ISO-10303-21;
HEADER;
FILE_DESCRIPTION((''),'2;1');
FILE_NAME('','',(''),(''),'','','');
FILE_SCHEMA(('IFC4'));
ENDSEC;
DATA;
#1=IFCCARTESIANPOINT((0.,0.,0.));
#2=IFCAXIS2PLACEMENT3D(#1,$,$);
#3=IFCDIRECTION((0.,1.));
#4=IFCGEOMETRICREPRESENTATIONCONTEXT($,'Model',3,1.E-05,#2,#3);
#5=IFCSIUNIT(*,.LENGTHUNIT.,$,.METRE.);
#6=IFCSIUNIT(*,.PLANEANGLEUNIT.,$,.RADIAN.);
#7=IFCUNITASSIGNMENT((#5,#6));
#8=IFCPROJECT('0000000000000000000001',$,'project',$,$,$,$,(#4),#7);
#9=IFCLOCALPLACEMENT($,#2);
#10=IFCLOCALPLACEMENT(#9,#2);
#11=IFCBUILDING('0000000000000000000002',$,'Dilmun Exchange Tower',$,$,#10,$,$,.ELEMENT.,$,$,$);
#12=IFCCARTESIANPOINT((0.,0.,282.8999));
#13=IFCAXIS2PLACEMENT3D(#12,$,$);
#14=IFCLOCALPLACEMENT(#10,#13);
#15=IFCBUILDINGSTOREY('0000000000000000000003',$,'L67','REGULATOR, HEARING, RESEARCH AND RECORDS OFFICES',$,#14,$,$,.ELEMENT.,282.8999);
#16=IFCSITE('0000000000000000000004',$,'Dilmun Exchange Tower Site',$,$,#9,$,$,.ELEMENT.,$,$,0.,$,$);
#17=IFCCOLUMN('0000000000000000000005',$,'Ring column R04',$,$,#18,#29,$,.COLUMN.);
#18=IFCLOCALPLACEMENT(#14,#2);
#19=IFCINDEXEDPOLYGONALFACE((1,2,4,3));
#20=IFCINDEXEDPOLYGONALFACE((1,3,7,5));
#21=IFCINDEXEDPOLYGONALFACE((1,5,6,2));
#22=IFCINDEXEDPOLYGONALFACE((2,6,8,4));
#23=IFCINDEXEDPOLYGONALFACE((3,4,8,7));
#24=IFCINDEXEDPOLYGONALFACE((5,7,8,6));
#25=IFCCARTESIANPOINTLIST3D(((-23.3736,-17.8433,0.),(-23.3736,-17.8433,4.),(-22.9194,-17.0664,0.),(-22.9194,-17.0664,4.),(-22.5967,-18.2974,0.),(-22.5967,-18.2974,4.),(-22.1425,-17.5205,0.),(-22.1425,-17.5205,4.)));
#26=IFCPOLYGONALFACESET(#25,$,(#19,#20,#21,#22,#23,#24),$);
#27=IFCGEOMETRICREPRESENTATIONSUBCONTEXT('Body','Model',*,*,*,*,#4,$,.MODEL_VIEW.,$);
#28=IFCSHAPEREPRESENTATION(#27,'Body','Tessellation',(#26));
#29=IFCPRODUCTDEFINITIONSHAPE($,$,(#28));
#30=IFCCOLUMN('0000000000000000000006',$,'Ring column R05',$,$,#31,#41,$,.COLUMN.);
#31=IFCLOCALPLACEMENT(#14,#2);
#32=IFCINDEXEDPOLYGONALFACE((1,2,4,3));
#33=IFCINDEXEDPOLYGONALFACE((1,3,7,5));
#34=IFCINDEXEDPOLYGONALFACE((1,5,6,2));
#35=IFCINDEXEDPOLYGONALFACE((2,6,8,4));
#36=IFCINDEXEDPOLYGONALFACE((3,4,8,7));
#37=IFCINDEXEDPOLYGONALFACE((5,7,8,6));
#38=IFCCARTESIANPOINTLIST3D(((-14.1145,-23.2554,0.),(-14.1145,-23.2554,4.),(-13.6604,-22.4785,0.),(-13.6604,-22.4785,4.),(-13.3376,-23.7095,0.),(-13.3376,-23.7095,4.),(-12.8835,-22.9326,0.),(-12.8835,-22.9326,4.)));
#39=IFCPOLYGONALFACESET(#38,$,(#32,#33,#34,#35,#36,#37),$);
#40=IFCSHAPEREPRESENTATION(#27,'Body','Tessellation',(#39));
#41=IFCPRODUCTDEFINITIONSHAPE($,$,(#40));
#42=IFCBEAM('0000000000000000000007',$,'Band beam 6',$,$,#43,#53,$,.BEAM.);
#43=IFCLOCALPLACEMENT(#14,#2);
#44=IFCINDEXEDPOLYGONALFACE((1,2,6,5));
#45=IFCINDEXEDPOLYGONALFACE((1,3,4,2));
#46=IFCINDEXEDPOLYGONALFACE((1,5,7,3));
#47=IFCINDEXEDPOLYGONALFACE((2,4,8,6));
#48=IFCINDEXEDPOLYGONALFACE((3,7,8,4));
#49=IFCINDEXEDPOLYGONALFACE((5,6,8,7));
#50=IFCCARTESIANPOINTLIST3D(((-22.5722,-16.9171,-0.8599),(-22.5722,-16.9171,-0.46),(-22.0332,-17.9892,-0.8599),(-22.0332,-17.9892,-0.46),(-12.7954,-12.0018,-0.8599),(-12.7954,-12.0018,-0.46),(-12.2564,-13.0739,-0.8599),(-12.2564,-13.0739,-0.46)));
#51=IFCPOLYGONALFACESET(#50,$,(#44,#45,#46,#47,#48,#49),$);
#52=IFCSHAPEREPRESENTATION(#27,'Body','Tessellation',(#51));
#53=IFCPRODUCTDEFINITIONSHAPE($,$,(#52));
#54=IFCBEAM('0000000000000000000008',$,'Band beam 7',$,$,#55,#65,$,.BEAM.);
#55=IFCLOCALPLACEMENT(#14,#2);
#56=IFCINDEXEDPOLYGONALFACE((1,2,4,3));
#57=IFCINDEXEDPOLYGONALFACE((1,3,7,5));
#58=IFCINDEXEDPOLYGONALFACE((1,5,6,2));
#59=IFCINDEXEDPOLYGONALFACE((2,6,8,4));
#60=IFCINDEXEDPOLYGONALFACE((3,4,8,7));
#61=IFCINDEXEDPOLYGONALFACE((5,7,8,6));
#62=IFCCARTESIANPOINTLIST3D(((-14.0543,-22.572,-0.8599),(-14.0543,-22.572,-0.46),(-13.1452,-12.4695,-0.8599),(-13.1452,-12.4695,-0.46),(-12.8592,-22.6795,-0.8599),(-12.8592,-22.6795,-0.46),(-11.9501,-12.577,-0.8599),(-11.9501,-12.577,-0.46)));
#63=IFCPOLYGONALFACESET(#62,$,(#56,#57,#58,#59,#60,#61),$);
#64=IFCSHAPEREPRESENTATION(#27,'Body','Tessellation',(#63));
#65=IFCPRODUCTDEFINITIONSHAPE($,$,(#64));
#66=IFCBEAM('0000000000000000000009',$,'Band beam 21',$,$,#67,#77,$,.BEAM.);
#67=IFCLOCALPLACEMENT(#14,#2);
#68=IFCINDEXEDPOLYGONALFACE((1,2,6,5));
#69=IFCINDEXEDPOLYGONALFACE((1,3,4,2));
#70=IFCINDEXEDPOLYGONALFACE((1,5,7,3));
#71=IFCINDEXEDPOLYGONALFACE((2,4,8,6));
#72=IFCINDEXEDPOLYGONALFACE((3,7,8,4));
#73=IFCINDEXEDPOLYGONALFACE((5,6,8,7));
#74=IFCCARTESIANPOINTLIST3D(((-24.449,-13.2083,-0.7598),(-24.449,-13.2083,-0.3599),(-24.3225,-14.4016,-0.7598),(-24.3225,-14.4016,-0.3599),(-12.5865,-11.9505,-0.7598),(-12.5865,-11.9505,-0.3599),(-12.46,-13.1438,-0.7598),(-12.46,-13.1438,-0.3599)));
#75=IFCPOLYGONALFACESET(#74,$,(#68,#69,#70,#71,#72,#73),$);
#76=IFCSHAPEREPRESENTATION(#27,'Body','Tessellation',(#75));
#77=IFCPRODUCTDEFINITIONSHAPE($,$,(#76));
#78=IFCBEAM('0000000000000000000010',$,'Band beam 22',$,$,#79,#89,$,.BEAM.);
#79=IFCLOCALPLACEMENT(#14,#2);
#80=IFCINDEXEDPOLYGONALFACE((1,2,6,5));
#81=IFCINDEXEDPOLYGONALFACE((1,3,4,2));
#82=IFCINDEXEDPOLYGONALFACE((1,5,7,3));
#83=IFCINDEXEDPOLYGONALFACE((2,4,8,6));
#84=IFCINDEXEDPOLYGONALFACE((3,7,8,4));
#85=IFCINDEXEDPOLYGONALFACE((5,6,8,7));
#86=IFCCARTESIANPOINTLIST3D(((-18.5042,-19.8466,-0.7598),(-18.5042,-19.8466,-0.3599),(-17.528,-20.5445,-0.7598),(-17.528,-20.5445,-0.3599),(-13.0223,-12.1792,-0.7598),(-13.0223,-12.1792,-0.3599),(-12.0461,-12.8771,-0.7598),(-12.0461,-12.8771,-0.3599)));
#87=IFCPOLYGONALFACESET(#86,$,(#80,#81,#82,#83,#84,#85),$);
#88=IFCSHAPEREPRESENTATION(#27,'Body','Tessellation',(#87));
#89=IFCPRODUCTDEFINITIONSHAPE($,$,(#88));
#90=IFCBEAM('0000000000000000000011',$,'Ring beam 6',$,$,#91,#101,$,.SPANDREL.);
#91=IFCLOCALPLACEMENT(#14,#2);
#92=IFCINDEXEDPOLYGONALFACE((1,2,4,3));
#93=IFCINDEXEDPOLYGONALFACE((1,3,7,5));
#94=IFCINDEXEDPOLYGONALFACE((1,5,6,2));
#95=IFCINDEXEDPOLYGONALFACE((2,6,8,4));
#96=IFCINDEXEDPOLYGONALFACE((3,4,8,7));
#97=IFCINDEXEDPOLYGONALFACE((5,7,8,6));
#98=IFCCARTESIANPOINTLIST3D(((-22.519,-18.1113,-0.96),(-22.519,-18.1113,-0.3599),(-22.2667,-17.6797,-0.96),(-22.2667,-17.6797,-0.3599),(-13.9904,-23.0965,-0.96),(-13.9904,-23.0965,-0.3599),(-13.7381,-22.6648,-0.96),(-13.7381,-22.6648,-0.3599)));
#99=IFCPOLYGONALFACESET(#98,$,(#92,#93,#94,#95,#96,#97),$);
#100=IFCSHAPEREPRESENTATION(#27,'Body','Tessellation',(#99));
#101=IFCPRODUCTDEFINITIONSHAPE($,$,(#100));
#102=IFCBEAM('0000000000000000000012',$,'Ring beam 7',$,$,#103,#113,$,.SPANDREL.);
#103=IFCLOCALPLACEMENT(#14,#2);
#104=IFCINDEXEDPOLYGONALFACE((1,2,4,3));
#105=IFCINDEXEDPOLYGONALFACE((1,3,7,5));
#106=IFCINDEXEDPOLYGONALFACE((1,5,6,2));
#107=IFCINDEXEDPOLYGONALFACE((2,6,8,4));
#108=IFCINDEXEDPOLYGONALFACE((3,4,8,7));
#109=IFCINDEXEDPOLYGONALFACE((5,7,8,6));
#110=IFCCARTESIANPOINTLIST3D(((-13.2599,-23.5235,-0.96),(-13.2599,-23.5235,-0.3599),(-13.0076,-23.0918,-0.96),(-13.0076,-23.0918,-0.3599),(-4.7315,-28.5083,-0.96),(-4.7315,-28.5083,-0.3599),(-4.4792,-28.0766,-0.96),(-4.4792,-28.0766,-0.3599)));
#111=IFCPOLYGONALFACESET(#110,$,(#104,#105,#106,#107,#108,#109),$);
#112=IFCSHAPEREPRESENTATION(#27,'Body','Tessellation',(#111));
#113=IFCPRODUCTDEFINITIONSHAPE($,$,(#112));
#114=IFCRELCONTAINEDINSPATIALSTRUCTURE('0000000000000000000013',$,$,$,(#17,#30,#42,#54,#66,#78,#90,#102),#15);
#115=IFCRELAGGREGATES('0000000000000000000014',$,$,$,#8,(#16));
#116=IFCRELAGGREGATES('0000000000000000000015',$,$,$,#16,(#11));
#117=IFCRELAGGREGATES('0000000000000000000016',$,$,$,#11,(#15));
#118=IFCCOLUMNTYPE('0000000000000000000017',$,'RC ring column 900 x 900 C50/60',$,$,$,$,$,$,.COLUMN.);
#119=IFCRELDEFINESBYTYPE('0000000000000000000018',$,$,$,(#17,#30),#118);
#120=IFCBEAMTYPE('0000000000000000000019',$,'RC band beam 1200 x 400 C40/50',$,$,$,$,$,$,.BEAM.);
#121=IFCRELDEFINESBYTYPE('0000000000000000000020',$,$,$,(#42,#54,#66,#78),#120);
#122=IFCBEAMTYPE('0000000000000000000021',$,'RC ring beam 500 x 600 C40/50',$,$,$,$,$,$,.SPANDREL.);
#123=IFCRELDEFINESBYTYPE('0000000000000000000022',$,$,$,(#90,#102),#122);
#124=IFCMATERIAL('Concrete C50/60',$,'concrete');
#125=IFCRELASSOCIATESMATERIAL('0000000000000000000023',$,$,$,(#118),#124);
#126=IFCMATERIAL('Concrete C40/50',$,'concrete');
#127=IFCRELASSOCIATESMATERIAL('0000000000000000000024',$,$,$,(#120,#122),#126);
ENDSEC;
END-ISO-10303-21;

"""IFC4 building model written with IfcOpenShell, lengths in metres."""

from ifc_helpers import new_model, si_unit, direction, frame, origin, origin_2d, place, context, subcontext, project, spatial, rectangle, extrude, material, material_profile, profile_set, type_object, element, save


model = new_model("IFC4")

# Units and contexts
model_context = context("Model", 3, precision=1e-05, world=origin(), true_north=direction((0.0, 1.0)))
body_context = subcontext(model_context, "Body", "Model", "MODEL_VIEW")
ifc_project = project(units=[si_unit("LENGTHUNIT", "METRE"), si_unit("PLANEANGLEUNIT", "RADIAN")], contexts=[model_context])

# Site, building, storey
site_placement = place(None, origin())
site = spatial("IfcSite", under=ifc_project, at=site_placement, Name="Dilmun Exchange Tower Site", CompositionType="ELEMENT", RefElevation=0.0)
building_placement = place(site_placement, origin())
building = spatial("IfcBuilding", under=site, at=building_placement, Name="Dilmun Exchange Tower", CompositionType="ELEMENT")
storey_placement = place(building_placement, frame((0.0, 0.0, 282.8999)))
storey = spatial("IfcBuildingStorey", under=building, at=storey_placement, Name="L67", Description="REGULATOR, HEARING, RESEARCH AND RECORDS OFFICES", CompositionType="ELEMENT", Elevation=282.8999)

# Columns
ifc_material_1 = material(Name="Concrete C50/60", Category="concrete")
ifc_material_profile_1 = material_profile(ifc_material_1, rectangle(XDim=0.8999, YDim=0.8999, at=origin_2d()), Name="900 x 900")
ifc_profile_set_1 = profile_set([ifc_material_profile_1], Name="Concrete C50/60")
column_type = type_object("IfcColumnType", Name="RC ring column 900 x 900 C50/60", PredefinedType="COLUMN", material=ifc_profile_set_1)
for number, where, z_axis, x_axis, name in (
    (1, (-22.7581, -17.6819, 0.0), (0.0, 0.0, 1.0), (0.504644, 0.863328, 0.0), "Ring column R04"),
    (2, (-13.499, -23.094, 0.0), (0.0, 0.0, 1.0), (0.504644, 0.863328, 0.0), "Ring column R05"),
):
    element("IfcColumn", number, at=place(storey_placement, frame(where, z_axis=z_axis, x_axis=x_axis)), inside=storey, type_object=column_type, Name=name, PredefinedType="COLUMN", context=body_context, shape_type="SweptSolid", body=[
        extrude(rectangle(XDim=0.8999, YDim=0.8999, at=origin_2d()), origin(), (0.0, 0.0, 1.0), 4.0),
    ])

# Beams
ifc_material_2 = material(Name="Concrete C40/50", Category="concrete")
ifc_material_profile_2 = material_profile(ifc_material_2, rectangle(XDim=1.2, YDim=0.3999, at=origin_2d()), Name="1200 x 400")
ifc_profile_set_2 = profile_set([ifc_material_profile_2], Name="Concrete C40/50")
beam_type_1 = type_object("IfcBeamType", Name="RC band beam 1200 x 400 C40/50", PredefinedType="BEAM", material=ifc_profile_set_2)
beam_1_placement = place(storey_placement, frame((-22.3027, -17.4531, -0.6599), z_axis=(0.893443, 0.449176, 0.0), x_axis=(-0.449176, 0.893443, 0.0)))
element("IfcBeam", 3, at=beam_1_placement, inside=storey, type_object=beam_type_1, Name="Band beam 6", PredefinedType="BEAM", context=body_context, shape_type="SweptSolid", body=[
    extrude(rectangle(XDim=1.2, YDim=0.3999, at=origin_2d()), origin(), (0.0, 0.0, 1.0), 10.9429),
])
beam_2_placement = place(storey_placement, frame((-13.4568, -22.6257, -0.6599), z_axis=(0.089633, 0.995975, 0.0), x_axis=(-0.995975, 0.089633, 0.0)))
element("IfcBeam", 4, at=beam_2_placement, inside=storey, type_object=beam_type_1, Name="Band beam 7", PredefinedType="BEAM", context=body_context, shape_type="SweptSolid", body=[
    extrude(rectangle(XDim=1.2, YDim=0.3999, at=origin_2d()), origin(), (0.0, 0.0, 1.0), 10.1433),
])
beam_3_placement = place(storey_placement, frame((-24.3857, -13.8049, -0.5598), z_axis=(0.994426, 0.105441, 0.0), x_axis=(-0.105441, 0.994426, 0.0)))
element("IfcBeam", 5, at=beam_3_placement, inside=storey, type_object=beam_type_1, Name="Band beam 21", PredefinedType="BEAM", context=body_context, shape_type="SweptSolid", body=[
    extrude(rectangle(XDim=1.2, YDim=0.3999, at=origin_2d()), origin(), (0.0, 0.0, 1.0), 11.929),
])
beam_4_placement = place(storey_placement, frame((-18.0161, -20.1956, -0.5598), z_axis=(0.581601, 0.813474, 0.0), x_axis=(-0.813474, 0.581601, 0.0)))
element("IfcBeam", 6, at=beam_4_placement, inside=storey, type_object=beam_type_1, Name="Band beam 22", PredefinedType="BEAM", context=body_context, shape_type="SweptSolid", body=[
    extrude(rectangle(XDim=1.2, YDim=0.3999, at=origin_2d()), origin(), (0.0, 0.0, 1.0), 9.4255),
])
ifc_material_profile_3 = material_profile(ifc_material_2, rectangle(XDim=0.5, YDim=0.6001, at=origin_2d()), Name="500 x 600")
ifc_profile_set_3 = profile_set([ifc_material_profile_3], Name="Concrete C40/50")
beam_type_2 = type_object("IfcBeamType", Name="RC ring beam 500 x 600 C40/50", PredefinedType="SPANDREL", material=ifc_profile_set_3)
beam_5_placement = place(storey_placement, frame((-22.3928, -17.8955, -0.6599), z_axis=(0.863333, -0.504635, 0.0), x_axis=(0.504635, 0.863333, 0.0)))
element("IfcBeam", 7, at=beam_5_placement, inside=storey, type_object=beam_type_2, Name="Ring beam 6", PredefinedType="SPANDREL", context=body_context, shape_type="SweptSolid", body=[
    extrude(rectangle(XDim=0.5, YDim=0.6001, at=origin_2d()), origin(), (0.0, 0.0, 1.0), 9.8787),
])
beam_6_placement = place(storey_placement, frame((-13.1338, -23.3076, -0.6599), z_axis=(0.863344, -0.504616, 0.0), x_axis=(0.504616, 0.863344, 0.0)))
element("IfcBeam", 8, at=beam_6_placement, inside=storey, type_object=beam_type_2, Name="Ring beam 7", PredefinedType="SPANDREL", context=body_context, shape_type="SweptSolid", body=[
    extrude(rectangle(XDim=0.5, YDim=0.6001, at=origin_2d()), origin(), (0.0, 0.0, 1.0), 9.8784),
])

save(model, "model.ifc")
